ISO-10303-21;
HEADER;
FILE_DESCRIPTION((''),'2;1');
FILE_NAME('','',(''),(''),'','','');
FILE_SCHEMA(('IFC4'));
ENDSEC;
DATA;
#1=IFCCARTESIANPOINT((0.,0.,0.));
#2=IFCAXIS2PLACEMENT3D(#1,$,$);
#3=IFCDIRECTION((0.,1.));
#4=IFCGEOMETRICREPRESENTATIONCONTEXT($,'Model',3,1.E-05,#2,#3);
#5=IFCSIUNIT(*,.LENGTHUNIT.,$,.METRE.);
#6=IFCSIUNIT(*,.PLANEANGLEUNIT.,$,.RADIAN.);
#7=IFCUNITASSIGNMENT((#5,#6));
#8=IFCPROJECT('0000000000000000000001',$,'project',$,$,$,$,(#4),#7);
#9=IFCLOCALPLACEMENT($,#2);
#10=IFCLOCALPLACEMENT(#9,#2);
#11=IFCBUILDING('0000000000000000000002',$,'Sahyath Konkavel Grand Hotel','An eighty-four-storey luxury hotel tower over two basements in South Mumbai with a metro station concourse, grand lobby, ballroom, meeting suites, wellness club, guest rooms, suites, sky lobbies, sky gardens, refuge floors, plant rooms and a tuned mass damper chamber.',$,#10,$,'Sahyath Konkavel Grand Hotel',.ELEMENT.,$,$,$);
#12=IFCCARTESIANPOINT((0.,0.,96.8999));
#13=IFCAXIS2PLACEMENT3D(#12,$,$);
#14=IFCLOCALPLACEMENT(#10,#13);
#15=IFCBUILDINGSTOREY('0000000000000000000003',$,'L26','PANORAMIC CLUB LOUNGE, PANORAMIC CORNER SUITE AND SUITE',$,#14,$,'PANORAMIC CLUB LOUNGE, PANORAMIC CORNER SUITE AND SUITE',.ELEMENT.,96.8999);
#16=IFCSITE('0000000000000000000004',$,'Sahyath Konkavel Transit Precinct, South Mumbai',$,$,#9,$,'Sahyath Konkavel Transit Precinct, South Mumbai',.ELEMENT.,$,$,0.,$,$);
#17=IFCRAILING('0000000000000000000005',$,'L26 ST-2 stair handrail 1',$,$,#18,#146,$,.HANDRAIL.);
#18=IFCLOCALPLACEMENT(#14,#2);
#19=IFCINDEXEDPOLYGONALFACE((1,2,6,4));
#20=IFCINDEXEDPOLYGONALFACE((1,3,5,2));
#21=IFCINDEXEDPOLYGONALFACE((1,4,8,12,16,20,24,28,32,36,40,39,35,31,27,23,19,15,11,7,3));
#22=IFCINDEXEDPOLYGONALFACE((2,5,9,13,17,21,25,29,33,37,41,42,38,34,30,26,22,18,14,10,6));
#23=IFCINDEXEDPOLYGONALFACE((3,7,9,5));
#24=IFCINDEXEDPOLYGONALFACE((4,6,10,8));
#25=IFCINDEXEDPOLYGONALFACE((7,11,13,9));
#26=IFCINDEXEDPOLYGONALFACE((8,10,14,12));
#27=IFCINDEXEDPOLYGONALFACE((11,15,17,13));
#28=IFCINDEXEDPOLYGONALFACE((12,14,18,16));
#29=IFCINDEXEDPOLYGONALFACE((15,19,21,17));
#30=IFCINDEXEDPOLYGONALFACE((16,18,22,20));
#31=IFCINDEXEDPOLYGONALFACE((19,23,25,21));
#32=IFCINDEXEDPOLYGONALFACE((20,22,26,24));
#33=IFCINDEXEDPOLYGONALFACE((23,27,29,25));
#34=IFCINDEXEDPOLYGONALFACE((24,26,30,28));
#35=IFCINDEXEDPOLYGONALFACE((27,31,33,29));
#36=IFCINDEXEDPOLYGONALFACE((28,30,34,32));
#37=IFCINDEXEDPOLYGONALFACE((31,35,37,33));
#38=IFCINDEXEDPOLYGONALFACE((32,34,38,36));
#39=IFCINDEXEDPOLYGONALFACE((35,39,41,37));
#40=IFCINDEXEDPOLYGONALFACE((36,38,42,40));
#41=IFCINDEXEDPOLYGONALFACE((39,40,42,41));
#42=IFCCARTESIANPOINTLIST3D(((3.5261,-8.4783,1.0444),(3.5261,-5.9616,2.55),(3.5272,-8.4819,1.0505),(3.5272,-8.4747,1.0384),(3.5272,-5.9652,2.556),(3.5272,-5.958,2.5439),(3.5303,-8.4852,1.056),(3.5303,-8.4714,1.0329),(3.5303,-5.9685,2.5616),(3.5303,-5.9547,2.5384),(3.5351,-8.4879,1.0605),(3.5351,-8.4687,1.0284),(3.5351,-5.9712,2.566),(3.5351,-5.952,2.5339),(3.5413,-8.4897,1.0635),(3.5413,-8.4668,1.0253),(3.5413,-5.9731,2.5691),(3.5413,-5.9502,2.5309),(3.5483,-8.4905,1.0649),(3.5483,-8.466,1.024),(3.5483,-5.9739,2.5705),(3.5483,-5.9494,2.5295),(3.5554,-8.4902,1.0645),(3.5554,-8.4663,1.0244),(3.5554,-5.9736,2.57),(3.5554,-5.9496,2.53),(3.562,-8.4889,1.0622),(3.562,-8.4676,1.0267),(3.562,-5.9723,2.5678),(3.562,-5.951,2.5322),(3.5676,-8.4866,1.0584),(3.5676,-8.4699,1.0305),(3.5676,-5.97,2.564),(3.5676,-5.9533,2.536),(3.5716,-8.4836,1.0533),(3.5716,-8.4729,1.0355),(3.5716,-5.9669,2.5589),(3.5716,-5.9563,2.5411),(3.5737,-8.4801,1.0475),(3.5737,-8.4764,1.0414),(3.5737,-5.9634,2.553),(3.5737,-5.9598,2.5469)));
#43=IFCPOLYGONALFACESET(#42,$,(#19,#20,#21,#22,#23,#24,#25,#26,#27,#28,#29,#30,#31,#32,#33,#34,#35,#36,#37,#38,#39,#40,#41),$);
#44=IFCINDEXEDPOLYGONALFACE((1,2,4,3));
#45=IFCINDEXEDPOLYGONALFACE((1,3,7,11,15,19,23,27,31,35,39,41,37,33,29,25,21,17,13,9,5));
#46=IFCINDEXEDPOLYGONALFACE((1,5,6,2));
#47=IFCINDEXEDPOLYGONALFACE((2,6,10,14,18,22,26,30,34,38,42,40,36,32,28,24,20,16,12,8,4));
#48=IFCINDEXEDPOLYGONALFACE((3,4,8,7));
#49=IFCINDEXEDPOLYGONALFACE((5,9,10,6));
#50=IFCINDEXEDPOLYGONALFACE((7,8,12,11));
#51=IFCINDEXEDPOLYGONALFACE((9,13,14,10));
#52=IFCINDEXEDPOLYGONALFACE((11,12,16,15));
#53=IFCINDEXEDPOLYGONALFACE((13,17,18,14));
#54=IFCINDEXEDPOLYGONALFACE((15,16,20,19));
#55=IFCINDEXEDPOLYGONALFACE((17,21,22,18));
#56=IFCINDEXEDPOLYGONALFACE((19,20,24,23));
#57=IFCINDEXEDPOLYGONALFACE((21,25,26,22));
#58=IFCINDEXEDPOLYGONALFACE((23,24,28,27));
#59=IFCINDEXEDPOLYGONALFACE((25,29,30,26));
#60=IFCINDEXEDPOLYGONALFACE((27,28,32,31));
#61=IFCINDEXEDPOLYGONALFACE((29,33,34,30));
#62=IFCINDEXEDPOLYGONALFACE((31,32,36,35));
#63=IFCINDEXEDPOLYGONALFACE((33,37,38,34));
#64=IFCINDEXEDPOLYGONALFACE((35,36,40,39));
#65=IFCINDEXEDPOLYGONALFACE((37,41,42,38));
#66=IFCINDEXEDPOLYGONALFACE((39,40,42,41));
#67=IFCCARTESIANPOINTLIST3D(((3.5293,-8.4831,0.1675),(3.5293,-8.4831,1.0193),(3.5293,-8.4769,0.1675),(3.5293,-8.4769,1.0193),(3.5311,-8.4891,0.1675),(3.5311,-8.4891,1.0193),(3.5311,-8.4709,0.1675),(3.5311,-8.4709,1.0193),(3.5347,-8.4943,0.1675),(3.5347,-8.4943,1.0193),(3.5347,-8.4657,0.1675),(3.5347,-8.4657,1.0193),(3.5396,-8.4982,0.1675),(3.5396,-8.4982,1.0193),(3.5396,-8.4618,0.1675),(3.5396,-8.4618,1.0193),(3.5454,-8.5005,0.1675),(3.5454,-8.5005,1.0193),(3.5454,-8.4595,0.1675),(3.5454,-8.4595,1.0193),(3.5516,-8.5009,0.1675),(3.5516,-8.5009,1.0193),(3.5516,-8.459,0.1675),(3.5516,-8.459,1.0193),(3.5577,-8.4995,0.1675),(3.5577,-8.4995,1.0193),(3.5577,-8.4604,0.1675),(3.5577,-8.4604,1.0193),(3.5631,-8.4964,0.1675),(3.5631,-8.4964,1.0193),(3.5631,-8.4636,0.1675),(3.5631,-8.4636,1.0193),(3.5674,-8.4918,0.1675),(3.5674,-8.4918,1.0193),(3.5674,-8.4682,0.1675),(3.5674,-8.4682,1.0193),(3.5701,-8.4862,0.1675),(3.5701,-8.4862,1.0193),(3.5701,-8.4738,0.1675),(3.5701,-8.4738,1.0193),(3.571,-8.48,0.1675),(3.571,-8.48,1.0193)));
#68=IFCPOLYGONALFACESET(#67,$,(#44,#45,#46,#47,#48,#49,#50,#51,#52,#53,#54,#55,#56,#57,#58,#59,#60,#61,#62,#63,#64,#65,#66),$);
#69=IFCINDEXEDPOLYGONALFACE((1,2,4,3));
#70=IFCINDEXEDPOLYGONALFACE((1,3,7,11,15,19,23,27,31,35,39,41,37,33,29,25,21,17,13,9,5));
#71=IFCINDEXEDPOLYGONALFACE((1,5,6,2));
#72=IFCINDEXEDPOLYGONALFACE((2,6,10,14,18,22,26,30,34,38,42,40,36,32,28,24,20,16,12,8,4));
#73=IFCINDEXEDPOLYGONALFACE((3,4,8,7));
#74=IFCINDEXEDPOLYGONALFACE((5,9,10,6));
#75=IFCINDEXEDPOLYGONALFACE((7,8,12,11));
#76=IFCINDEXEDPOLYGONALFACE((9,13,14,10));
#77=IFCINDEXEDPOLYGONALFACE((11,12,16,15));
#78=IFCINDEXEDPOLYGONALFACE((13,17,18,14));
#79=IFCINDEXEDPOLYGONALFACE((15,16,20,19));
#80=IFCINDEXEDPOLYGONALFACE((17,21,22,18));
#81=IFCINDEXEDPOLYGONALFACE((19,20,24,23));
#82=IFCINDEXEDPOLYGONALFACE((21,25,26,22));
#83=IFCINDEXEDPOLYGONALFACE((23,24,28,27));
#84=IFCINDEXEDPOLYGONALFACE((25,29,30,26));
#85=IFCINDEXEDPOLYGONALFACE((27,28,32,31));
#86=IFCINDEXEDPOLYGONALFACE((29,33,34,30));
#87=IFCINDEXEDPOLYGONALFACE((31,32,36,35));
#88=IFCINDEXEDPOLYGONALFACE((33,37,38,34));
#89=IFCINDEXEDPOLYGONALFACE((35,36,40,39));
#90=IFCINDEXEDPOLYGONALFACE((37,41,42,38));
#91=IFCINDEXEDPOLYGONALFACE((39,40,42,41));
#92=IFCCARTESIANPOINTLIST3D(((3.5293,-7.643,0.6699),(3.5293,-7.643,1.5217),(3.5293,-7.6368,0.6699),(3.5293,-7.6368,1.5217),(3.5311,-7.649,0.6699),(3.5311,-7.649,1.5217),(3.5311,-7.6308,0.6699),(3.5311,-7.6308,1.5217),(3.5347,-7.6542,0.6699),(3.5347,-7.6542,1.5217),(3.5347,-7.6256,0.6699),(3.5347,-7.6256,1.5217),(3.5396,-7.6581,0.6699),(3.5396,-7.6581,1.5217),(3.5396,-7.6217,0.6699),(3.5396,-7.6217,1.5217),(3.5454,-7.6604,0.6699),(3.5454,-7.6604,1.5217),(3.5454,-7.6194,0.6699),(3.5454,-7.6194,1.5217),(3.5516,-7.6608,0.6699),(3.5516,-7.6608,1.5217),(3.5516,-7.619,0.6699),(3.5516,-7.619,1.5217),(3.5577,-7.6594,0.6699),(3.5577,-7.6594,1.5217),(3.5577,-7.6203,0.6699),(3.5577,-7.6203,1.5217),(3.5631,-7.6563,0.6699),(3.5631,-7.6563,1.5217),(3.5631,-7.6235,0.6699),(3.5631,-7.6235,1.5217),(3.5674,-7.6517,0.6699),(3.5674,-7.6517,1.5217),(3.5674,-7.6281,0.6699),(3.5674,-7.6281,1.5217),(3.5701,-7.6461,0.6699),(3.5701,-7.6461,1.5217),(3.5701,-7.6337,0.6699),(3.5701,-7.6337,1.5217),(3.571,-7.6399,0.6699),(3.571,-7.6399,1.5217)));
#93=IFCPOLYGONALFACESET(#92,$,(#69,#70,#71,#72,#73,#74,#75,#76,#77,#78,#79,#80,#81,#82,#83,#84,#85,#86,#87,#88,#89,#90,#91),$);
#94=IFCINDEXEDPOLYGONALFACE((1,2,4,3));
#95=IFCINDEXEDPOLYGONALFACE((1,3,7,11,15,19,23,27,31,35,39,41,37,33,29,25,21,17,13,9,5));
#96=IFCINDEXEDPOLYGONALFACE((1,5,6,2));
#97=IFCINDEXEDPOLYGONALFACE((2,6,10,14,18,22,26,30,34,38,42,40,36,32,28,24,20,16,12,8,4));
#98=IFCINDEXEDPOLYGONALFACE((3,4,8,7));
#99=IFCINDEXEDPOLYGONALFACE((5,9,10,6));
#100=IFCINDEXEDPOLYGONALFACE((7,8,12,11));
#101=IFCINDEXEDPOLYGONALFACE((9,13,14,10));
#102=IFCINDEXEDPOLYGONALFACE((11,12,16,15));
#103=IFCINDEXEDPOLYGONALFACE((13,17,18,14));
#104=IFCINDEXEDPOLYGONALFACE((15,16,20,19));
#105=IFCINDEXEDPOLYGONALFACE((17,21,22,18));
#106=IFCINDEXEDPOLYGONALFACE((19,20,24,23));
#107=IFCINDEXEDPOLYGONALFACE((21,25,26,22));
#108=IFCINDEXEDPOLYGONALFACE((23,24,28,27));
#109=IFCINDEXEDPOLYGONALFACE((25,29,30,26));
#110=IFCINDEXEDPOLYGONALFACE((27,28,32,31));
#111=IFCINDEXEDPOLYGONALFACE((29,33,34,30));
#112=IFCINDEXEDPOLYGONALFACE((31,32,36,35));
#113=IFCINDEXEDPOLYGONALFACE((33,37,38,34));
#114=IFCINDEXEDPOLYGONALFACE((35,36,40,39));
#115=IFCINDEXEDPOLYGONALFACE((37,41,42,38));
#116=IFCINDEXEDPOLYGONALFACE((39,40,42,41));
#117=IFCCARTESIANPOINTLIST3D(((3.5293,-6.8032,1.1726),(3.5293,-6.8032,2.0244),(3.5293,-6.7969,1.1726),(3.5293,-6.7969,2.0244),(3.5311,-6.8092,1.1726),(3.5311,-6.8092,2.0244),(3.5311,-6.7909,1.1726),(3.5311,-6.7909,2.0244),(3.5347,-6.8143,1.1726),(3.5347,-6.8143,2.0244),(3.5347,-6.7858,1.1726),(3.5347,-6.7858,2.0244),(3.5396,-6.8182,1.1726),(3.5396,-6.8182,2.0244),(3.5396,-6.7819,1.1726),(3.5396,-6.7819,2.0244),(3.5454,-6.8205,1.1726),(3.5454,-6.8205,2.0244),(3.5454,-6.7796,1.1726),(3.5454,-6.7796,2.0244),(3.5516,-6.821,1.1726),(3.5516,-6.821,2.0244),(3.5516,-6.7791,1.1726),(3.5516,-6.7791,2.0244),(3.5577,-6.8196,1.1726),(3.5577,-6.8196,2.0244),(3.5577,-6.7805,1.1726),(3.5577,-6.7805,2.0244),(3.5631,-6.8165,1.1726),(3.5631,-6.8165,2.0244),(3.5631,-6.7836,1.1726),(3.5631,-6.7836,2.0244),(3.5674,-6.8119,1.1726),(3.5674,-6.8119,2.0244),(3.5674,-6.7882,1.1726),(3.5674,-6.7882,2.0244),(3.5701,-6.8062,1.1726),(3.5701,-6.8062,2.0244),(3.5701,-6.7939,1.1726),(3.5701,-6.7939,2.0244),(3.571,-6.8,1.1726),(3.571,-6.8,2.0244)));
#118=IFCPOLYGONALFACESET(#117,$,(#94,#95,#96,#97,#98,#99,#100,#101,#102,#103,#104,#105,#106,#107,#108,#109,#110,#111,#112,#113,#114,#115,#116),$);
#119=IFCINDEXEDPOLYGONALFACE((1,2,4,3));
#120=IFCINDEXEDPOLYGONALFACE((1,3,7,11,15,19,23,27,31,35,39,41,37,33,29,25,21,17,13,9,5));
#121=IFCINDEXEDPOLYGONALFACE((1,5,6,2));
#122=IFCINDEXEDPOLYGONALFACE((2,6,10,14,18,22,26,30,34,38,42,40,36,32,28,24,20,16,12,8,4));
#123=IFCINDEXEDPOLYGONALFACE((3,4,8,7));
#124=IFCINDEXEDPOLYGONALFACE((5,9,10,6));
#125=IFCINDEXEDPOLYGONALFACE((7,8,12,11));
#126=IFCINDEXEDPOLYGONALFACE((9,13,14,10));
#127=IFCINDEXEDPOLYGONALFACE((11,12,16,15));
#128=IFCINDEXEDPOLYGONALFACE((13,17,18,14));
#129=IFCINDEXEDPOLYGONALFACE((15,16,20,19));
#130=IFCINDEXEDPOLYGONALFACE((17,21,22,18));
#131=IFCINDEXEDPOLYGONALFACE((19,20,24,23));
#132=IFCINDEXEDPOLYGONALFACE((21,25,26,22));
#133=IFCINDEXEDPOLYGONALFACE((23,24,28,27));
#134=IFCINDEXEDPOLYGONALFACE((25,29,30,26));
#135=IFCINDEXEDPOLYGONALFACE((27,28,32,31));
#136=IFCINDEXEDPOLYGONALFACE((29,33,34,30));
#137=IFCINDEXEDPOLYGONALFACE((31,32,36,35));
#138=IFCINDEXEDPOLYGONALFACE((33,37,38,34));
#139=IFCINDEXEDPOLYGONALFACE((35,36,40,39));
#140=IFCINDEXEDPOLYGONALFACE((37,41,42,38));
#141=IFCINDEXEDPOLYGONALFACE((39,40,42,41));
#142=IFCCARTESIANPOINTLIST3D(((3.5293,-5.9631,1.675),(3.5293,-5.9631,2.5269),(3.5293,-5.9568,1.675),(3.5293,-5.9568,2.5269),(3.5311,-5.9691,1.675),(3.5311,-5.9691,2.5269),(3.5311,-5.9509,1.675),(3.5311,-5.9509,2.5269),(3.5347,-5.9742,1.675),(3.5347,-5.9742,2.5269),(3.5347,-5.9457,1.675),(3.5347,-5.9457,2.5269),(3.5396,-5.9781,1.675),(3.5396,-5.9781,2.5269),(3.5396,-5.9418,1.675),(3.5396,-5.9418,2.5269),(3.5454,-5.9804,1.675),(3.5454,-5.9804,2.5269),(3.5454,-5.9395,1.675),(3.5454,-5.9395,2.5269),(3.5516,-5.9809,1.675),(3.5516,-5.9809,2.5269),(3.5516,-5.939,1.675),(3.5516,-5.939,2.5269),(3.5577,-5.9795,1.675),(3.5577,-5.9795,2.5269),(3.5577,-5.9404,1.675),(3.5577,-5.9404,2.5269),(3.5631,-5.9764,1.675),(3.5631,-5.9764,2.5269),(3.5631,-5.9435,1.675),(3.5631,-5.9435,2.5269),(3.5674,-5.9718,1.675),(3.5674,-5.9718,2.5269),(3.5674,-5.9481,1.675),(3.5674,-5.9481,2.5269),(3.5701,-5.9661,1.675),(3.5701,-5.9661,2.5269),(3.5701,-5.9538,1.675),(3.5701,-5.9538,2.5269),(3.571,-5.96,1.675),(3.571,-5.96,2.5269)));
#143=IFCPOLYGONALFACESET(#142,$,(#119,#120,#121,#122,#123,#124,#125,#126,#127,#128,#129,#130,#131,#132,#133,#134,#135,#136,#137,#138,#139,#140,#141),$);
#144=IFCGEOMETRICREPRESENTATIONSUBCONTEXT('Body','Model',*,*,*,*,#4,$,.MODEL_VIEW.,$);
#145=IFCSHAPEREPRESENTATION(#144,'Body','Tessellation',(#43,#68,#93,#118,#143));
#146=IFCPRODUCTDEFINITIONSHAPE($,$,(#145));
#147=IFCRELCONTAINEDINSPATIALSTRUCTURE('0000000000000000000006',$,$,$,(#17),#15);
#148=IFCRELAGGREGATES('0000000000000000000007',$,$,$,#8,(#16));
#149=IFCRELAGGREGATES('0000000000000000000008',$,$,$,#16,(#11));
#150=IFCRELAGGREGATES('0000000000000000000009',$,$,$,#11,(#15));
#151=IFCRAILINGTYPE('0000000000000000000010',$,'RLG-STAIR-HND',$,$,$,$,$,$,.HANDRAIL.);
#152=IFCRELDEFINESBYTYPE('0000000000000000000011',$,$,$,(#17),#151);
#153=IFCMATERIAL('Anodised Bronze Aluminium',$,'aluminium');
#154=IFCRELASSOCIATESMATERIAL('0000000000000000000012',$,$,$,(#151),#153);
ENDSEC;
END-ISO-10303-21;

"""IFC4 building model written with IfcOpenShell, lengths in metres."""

from ifc_helpers import new_model, si_unit, direction, frame, origin, origin_2d, place, context, subcontext, project, spatial, circle, extrude, material, type_object, element, save


model = new_model("IFC4")

# Units and contexts
model_context = context("Model", 3, precision=1e-05, world=origin(), true_north=direction((0.0, 1.0)))
body_context = subcontext(model_context, "Body", "Model", "MODEL_VIEW")
ifc_project = project(units=[si_unit("LENGTHUNIT", "METRE"), si_unit("PLANEANGLEUNIT", "RADIAN")], contexts=[model_context])

# Site, building, storey
site_placement = place(None, origin())
site = spatial("IfcSite", under=ifc_project, at=site_placement, Name="Sahyath Konkavel Transit Precinct, South Mumbai", LongName="Sahyath Konkavel Transit Precinct, South Mumbai", CompositionType="ELEMENT", RefElevation=0.0)
building_placement = place(site_placement, origin())
building = spatial("IfcBuilding", under=site, at=building_placement, Name="Sahyath Konkavel Grand Hotel", Description="An eighty-four-storey luxury hotel tower over two basements in South Mumbai with a metro station concourse, grand lobby, ballroom, meeting suites, wellness club, guest rooms, suites, sky lobbies, sky gardens, refuge floors, plant rooms and a tuned mass damper chamber.", LongName="Sahyath Konkavel Grand Hotel", CompositionType="ELEMENT")
storey_placement = place(building_placement, frame((0.0, 0.0, 96.8999)))
storey = spatial("IfcBuildingStorey", under=building, at=storey_placement, Name="L26", Description="PANORAMIC CLUB LOUNGE, PANORAMIC CORNER SUITE AND SUITE", LongName="PANORAMIC CLUB LOUNGE, PANORAMIC CORNER SUITE AND SUITE", CompositionType="ELEMENT", Elevation=96.8999)

# Shared definitions
ifc_material_1 = material(Name="Anodised Bronze Aluminium", Category="aluminium")

# Railing
railing_type_1 = type_object("IfcRailingType", Name="RLG-STAIR-HND", PredefinedType="HANDRAIL", material=ifc_material_1)
railing_1_placement = place(storey_placement, frame((3.55, -8.48, 0.1675)))
element("IfcRailing", 1, at=railing_1_placement, inside=storey, type_object=railing_type_1, Name="L26 ST-2 stair handrail 1", PredefinedType="HANDRAIL", context=body_context, shape_type="SweptSolid", body=[
    extrude(circle(Radius=0.0239, at=origin_2d()), frame((0.0, 0.0017, 0.877), z_axis=(0.0, 0.85816, 0.513383), x_axis=(-1.0, 0.0, 0.0)), (0.0, 0.0, 1.0), 2.9326),
    extrude(circle(Radius=0.021, at=origin_2d()), origin(), (0.0, 0.0, 1.0), 0.8518),
    extrude(circle(Radius=0.021, at=origin_2d()), frame((0.0, 0.8401, 0.5024)), (0.0, 0.0, 1.0), 0.8518),
    extrude(circle(Radius=0.021, at=origin_2d()), frame((0.0, 1.6799, 1.0051)), (0.0, 0.0, 1.0), 0.8518),
    extrude(circle(Radius=0.021, at=origin_2d()), frame((0.0, 2.52, 1.5076)), (0.0, 0.0, 1.0), 0.8518),
])

save(model, "model.ifc")
